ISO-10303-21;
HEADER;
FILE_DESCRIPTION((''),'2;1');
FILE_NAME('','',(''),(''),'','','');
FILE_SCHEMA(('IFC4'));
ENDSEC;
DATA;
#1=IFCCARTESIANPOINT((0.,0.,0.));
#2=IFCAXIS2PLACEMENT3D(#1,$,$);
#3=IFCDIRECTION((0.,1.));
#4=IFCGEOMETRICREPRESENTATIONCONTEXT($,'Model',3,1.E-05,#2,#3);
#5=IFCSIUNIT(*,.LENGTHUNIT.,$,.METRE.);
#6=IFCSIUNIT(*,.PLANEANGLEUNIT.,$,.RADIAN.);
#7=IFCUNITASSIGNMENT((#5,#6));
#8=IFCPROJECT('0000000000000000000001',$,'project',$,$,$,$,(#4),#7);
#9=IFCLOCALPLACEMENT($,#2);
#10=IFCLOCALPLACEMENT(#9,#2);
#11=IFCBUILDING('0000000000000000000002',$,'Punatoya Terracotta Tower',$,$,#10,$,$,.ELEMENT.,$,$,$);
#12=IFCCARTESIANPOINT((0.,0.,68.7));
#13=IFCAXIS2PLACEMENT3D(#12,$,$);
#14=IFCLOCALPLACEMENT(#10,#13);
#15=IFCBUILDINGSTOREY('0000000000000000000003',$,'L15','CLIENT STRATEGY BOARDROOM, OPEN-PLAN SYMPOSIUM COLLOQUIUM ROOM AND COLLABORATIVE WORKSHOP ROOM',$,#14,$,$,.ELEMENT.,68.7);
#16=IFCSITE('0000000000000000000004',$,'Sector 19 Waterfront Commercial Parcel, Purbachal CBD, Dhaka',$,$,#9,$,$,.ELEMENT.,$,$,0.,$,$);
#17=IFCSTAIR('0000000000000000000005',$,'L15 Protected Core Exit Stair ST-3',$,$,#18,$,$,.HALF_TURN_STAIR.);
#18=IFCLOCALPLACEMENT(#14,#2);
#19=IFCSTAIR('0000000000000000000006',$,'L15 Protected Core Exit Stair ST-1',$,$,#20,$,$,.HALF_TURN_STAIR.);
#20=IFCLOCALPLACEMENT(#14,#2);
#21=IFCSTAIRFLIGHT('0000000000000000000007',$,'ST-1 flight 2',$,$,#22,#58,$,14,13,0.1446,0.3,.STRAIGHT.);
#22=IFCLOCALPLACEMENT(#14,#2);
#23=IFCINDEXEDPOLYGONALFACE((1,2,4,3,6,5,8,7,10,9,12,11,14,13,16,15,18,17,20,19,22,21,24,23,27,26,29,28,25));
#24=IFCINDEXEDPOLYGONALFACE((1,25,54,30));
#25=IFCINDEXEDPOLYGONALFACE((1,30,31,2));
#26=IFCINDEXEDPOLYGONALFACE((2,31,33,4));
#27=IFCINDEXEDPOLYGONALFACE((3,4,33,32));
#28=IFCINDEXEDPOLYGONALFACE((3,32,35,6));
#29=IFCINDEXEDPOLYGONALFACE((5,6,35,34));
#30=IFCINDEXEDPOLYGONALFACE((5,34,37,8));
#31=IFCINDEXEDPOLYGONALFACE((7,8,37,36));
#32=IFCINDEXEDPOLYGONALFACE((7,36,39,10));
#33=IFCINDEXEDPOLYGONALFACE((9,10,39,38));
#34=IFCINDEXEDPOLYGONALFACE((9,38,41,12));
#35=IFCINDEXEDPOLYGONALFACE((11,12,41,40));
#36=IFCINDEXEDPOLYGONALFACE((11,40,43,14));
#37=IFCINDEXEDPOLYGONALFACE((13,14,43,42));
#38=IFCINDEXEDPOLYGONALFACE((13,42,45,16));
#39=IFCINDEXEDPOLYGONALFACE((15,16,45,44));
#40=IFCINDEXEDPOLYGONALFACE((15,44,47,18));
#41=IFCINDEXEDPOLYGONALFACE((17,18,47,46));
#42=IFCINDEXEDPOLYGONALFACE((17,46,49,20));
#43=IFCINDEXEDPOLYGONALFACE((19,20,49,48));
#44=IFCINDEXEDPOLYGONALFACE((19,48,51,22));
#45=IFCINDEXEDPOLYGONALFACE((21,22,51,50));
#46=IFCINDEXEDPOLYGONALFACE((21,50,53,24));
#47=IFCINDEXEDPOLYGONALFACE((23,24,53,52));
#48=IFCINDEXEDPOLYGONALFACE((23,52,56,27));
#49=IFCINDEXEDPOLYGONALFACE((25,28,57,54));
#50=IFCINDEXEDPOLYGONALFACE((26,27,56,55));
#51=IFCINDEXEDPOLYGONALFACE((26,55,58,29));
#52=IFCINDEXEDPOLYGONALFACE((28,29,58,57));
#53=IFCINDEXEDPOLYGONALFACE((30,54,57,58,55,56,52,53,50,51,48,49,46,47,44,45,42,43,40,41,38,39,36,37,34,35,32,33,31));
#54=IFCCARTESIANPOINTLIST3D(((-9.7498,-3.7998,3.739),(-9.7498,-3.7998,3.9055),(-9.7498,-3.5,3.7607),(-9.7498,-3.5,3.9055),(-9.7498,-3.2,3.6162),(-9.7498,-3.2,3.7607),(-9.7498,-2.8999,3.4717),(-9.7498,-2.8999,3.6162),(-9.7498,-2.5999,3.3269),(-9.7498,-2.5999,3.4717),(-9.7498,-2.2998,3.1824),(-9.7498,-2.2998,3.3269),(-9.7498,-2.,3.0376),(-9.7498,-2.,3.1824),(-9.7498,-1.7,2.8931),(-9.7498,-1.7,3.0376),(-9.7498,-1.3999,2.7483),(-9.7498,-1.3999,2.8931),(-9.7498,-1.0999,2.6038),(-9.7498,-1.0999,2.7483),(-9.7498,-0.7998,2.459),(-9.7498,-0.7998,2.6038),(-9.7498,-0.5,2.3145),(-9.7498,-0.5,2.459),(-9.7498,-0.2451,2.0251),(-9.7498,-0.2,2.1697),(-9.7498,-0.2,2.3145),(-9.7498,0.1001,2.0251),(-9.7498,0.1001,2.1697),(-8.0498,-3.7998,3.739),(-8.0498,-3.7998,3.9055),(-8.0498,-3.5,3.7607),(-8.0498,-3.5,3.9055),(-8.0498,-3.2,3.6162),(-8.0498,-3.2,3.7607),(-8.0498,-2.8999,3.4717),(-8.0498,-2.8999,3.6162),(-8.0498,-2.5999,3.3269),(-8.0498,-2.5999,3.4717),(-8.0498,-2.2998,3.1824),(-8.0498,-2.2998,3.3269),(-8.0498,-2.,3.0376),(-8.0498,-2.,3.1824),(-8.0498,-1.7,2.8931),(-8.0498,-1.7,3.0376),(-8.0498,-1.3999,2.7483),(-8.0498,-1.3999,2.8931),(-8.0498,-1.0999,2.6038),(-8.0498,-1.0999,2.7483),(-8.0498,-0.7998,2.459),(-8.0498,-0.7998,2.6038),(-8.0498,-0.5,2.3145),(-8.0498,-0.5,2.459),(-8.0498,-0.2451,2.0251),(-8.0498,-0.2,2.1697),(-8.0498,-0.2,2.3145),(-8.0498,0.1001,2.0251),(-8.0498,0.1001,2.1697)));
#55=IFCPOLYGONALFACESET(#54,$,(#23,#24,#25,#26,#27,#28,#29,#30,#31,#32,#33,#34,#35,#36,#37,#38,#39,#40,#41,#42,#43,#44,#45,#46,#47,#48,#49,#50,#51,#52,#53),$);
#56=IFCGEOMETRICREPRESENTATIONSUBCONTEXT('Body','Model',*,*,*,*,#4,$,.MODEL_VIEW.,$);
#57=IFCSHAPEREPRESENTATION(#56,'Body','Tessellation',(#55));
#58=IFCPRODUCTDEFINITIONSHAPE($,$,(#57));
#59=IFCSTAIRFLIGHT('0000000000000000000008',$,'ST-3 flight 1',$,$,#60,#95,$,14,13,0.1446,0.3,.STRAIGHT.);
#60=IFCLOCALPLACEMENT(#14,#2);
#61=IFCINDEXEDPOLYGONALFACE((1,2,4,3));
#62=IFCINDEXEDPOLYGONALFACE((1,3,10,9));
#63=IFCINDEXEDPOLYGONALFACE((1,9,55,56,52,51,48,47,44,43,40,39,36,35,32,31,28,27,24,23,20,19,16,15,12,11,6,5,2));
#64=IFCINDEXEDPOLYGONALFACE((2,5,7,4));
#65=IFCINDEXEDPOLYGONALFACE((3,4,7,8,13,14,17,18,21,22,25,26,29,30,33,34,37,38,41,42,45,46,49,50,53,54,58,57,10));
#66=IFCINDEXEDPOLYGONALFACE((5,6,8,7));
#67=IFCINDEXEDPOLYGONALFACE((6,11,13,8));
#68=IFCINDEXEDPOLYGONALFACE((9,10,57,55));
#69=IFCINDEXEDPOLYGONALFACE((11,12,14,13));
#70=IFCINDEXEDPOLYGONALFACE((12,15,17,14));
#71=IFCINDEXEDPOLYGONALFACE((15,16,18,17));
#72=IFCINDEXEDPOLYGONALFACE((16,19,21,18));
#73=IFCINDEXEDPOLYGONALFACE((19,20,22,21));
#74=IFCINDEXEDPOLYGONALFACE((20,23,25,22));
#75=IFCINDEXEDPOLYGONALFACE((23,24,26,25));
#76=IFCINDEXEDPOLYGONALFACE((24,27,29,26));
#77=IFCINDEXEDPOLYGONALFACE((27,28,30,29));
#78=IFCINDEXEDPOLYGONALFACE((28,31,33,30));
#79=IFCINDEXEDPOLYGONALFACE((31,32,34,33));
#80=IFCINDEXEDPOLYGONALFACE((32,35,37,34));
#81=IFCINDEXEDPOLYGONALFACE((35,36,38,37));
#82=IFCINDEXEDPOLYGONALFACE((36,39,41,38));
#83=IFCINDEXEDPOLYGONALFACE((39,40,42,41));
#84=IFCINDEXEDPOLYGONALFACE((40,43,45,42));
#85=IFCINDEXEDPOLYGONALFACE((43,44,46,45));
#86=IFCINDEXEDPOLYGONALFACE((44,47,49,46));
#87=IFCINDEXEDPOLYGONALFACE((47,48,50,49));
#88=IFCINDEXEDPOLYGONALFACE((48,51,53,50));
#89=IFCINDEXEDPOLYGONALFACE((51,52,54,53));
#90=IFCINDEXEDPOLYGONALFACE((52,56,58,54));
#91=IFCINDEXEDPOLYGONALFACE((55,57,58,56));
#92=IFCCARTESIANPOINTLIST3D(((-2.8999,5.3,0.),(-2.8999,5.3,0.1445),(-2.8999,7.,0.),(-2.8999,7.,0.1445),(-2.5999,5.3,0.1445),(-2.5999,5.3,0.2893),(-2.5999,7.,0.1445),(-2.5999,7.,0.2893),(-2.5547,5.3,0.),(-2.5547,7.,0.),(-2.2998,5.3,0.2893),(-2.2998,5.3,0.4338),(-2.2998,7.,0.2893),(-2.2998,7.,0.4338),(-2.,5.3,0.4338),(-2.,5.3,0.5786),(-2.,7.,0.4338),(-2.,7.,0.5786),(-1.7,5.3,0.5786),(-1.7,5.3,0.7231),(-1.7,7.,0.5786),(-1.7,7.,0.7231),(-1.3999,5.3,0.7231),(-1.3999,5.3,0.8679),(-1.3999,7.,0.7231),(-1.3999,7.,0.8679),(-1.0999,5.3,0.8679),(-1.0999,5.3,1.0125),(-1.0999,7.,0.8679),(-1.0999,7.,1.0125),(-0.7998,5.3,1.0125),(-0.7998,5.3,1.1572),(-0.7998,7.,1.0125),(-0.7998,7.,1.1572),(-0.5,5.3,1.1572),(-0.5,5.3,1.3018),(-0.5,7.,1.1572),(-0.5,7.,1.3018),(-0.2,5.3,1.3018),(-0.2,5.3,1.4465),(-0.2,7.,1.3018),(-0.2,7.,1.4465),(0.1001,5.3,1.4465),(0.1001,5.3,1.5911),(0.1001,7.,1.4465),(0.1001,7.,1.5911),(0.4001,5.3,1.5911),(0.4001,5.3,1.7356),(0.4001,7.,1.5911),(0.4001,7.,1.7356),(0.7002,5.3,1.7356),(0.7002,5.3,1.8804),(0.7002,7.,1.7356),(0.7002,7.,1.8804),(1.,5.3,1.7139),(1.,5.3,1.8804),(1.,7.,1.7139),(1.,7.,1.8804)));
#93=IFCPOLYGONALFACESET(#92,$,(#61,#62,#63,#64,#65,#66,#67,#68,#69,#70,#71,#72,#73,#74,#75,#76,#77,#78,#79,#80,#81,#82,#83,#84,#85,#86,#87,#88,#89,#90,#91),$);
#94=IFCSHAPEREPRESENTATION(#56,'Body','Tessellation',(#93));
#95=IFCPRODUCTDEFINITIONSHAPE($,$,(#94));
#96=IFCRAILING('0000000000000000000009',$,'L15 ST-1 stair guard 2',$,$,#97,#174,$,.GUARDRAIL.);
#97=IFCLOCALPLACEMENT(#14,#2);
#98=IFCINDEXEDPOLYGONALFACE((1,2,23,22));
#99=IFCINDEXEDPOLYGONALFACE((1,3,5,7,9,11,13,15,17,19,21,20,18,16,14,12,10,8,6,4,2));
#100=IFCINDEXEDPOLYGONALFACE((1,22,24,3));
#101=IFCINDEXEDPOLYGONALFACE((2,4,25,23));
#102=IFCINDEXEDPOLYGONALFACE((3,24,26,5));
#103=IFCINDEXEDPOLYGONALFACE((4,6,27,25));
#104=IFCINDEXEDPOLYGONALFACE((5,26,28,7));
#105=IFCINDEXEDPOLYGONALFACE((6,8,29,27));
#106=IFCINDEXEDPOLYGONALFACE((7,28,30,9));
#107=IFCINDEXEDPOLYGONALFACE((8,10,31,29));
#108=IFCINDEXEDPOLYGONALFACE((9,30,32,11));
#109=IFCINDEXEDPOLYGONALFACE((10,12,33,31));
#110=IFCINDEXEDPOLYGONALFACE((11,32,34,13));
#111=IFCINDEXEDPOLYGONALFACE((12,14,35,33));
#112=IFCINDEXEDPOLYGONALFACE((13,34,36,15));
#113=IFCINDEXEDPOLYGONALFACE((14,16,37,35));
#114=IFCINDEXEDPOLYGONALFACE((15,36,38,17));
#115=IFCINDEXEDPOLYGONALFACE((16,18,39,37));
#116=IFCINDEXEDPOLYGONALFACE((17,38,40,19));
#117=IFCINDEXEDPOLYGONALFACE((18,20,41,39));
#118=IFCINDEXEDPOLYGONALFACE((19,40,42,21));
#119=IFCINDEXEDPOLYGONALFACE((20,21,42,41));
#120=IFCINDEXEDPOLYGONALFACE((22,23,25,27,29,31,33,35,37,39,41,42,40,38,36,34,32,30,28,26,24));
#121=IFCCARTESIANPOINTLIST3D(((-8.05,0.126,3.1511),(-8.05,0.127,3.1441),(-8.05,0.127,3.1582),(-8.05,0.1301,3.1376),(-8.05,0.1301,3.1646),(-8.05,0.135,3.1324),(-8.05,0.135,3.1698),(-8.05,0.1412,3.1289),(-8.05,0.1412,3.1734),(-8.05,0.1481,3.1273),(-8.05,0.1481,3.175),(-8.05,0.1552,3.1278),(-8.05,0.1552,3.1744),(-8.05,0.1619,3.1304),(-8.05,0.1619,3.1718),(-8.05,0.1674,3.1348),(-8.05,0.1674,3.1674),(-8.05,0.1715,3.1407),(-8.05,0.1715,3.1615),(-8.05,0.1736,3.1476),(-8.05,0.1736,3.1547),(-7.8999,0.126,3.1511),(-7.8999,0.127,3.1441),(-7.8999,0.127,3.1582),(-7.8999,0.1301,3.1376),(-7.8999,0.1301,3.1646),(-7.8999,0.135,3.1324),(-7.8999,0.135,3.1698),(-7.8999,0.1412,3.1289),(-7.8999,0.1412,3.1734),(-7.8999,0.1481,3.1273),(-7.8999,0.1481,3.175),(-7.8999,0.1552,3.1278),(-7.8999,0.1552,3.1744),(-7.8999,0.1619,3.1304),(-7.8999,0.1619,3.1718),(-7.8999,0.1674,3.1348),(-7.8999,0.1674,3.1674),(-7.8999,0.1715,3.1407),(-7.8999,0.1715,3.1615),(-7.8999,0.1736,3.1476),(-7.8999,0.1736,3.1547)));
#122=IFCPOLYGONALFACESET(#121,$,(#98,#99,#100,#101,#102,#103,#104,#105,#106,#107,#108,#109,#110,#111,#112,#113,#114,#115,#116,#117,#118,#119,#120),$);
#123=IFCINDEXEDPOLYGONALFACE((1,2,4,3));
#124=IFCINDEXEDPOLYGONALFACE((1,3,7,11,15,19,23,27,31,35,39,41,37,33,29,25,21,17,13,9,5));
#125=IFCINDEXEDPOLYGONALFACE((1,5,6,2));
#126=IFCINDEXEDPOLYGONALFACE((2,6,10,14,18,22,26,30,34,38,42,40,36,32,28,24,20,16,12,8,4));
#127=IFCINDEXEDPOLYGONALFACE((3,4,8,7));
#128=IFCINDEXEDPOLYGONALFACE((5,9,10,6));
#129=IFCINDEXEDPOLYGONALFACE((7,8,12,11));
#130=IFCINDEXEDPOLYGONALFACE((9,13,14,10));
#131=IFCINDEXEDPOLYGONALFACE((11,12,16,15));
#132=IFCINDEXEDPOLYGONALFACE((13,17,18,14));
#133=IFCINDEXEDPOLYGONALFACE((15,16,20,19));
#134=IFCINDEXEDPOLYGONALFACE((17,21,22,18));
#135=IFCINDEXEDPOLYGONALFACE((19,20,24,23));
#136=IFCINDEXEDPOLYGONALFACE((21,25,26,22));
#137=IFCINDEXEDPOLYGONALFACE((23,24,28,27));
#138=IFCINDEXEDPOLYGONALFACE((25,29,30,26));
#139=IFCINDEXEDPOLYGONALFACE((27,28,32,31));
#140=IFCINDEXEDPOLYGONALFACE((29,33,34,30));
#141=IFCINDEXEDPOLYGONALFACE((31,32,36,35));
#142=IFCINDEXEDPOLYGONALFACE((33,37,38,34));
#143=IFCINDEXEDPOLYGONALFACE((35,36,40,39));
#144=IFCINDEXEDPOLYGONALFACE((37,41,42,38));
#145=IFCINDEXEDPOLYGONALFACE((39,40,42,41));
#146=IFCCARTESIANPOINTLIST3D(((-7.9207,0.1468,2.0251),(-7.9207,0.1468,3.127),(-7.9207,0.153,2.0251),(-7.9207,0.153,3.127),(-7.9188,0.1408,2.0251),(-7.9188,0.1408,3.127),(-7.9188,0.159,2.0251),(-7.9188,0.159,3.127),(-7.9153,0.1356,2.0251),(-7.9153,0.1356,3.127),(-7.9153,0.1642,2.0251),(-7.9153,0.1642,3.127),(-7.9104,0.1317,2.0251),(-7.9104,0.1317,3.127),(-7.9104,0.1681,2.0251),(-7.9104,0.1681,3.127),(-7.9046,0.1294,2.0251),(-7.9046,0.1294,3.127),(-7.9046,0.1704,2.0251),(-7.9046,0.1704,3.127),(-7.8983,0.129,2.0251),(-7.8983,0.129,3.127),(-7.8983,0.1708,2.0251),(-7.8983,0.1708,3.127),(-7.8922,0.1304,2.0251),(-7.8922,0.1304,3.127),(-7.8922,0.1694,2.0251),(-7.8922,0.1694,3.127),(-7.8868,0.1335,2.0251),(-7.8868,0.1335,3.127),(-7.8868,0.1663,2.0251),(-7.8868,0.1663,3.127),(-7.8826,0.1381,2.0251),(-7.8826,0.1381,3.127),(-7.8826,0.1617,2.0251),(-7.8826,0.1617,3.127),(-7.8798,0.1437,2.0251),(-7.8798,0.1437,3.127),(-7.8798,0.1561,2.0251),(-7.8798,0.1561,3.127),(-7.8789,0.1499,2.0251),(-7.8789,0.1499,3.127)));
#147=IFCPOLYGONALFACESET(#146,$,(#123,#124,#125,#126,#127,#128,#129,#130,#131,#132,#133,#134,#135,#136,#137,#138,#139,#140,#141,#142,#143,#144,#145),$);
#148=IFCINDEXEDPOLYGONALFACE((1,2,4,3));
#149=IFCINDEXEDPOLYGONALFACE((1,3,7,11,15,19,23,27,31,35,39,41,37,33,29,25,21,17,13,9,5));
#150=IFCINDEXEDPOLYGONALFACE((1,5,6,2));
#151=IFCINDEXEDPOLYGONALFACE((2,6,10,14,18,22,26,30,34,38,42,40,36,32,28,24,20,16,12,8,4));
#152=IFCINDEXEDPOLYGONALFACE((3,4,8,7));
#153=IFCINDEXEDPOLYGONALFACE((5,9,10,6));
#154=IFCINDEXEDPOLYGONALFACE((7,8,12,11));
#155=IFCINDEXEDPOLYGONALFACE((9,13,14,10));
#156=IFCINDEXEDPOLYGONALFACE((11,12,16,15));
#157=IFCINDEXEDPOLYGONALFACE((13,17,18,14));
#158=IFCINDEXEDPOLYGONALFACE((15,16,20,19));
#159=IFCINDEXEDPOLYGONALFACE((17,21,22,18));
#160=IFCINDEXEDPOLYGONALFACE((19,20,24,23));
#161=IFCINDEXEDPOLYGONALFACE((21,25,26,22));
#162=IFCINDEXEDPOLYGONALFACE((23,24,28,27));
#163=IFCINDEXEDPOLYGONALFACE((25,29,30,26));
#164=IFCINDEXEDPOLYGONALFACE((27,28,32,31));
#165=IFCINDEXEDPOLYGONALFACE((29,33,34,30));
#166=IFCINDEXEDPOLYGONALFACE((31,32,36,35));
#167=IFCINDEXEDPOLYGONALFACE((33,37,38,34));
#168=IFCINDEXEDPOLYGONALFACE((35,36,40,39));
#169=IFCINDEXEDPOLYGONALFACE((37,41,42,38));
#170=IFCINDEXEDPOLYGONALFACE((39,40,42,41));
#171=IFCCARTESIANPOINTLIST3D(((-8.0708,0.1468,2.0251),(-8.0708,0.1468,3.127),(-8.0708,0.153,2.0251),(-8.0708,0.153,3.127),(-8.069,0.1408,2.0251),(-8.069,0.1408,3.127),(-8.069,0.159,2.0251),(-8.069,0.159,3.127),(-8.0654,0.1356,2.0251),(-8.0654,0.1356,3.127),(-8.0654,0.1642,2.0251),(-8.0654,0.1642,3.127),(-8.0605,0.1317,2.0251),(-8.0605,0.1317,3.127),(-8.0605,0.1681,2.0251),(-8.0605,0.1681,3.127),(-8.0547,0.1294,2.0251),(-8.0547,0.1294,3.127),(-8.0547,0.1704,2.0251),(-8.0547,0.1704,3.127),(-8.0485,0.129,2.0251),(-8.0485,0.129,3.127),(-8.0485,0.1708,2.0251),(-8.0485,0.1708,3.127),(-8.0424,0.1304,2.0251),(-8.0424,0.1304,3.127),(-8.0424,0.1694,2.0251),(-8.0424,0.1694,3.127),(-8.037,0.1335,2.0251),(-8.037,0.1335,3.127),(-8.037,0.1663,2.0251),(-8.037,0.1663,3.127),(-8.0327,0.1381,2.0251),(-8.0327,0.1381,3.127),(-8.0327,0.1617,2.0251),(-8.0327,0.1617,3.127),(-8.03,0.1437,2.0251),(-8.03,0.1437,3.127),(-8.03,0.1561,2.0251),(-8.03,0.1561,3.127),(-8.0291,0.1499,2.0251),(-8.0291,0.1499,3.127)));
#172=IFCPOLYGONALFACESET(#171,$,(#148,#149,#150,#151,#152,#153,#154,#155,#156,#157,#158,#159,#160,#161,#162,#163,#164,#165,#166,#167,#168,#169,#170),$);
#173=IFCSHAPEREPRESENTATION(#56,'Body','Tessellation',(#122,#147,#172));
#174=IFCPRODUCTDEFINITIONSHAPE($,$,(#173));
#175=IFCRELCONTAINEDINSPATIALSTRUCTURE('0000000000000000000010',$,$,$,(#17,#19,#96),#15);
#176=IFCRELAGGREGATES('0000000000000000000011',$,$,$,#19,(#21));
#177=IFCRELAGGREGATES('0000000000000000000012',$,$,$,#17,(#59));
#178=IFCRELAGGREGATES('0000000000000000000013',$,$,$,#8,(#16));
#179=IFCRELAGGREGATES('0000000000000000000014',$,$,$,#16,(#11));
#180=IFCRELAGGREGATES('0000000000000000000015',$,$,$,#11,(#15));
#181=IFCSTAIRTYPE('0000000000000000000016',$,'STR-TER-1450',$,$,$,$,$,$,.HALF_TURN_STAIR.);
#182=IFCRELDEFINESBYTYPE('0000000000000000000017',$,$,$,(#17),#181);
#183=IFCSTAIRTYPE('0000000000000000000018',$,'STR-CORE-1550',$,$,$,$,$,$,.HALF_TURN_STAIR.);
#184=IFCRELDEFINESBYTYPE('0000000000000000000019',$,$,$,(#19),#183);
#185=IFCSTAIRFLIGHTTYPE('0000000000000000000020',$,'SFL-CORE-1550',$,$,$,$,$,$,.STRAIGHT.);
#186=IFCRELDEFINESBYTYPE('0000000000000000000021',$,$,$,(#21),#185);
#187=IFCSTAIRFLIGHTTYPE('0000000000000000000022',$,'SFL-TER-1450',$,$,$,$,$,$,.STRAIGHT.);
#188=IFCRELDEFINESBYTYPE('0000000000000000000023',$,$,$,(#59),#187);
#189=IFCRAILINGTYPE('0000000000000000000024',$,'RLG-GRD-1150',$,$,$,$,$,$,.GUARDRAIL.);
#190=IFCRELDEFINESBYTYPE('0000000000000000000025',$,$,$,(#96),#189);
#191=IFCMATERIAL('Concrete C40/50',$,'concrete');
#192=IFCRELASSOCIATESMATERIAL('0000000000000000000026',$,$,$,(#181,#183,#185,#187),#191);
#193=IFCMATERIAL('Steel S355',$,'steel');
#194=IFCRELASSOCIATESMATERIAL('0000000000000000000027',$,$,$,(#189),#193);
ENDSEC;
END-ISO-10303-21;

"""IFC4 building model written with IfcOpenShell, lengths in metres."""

from ifc_helpers import new_model, si_unit, direction, frame, origin, origin_2d, place, context, subcontext, project, spatial, polyline, circle, outline, extrude, material, type_object, element, aggregate, save


model = new_model("IFC4")

# Units and contexts
model_context = context("Model", 3, precision=1e-05, world=origin(), true_north=direction((0.0, 1.0)))
body_context = subcontext(model_context, "Body", "Model", "MODEL_VIEW")
ifc_project = project(units=[si_unit("LENGTHUNIT", "METRE"), si_unit("PLANEANGLEUNIT", "RADIAN")], contexts=[model_context])

# Site, building, storey
site_placement = place(None, origin())
site = spatial("IfcSite", under=ifc_project, at=site_placement, Name="Sector 19 Waterfront Commercial Parcel, Purbachal CBD, Dhaka", CompositionType="ELEMENT", RefElevation=0.0)
building_placement = place(site_placement, origin())
building = spatial("IfcBuilding", under=site, at=building_placement, Name="Punatoya Terracotta Tower", CompositionType="ELEMENT")
storey_placement = place(building_placement, frame((0.0, 0.0, 68.7)))
storey = spatial("IfcBuildingStorey", under=building, at=storey_placement, Name="L15", Description="CLIENT STRATEGY BOARDROOM, OPEN-PLAN SYMPOSIUM COLLOQUIUM ROOM AND COLLABORATIVE WORKSHOP ROOM", CompositionType="ELEMENT", Elevation=68.7)

# Shared definitions
ifc_material_1 = material(Name="Steel S355", Category="steel")

# Stairs
ifc_material_2 = material(Name="Concrete C40/50", Category="concrete")
stair_type_1 = type_object("IfcStairType", Name="STR-TER-1450", PredefinedType="HALF_TURN_STAIR", material=ifc_material_2)
stair_1_placement = place(storey_placement, origin())
stair_1 = element("IfcStair", 1, at=stair_1_placement, inside=storey, type_object=stair_type_1, Name="L15 Protected Core Exit Stair ST-3", PredefinedType="HALF_TURN_STAIR")
stair_type_2 = type_object("IfcStairType", Name="STR-CORE-1550", PredefinedType="HALF_TURN_STAIR", material=ifc_material_2)
stair_2_placement = place(storey_placement, origin())
stair_2 = element("IfcStair", 2, at=stair_2_placement, inside=storey, type_object=stair_type_2, Name="L15 Protected Core Exit Stair ST-1", PredefinedType="HALF_TURN_STAIR")

# Stair flights
stair_flight_type_1 = type_object("IfcStairFlightType", Name="SFL-CORE-1550", PredefinedType="STRAIGHT", material=ifc_material_2)
stair_flight_1_placement = place(storey_placement, frame((-8.8999, 0.1001, 2.0251), z_axis=(0.0, 0.0, 1.0), x_axis=(0.0, -1.0, 0.0)))
stair_flight_1 = element("IfcStairFlight", 3, at=stair_flight_1_placement, type_object=stair_flight_type_1, Name="ST-1 flight 2", NumberOfRisers=14, NumberOfTreads=13, PredefinedType="STRAIGHT", RiserHeight=0.1446, TreadLength=0.3, context=body_context, shape_type="SweptSolid", body=[
    extrude(outline(polyline([(0.0, 0.0), (0.0, 0.1445), (0.3, 0.1445), (0.3, 0.2893), (0.6001, 0.2893), (0.6001, 0.4338), (0.8999, 0.4338), (0.8999, 0.5786), (1.2, 0.5786), (1.2, 0.7231), (1.5, 0.7231), (1.5, 0.8679), (1.8, 0.8679), (1.8, 1.0125), (2.1001, 1.0125), (2.1001, 1.1572), (2.3999, 1.1572), (2.3999, 1.3018), (2.7, 1.3018), (2.7, 1.4465), (3.0, 1.4465), (3.0, 1.5911), (3.3, 1.5911), (3.3, 1.7356), (3.6001, 1.7356), (3.6001, 1.8804), (3.8999, 1.8804), (3.8999, 2.0249), (3.8999, 1.7139), (0.3452, 0.0), (0.0, 0.0)])), frame((0.0, 0.8501, 0.0), z_axis=(0.0, -1.0, 0.0), x_axis=(1.0, 0.0, 0.0)), (0.0, 0.0, 1.0), 1.7),
])
aggregate(stair_2, [stair_flight_1])
stair_flight_type_2 = type_object("IfcStairFlightType", Name="SFL-TER-1450", PredefinedType="STRAIGHT", material=ifc_material_2)
stair_flight_2_placement = place(storey_placement, frame((-2.8999, 6.1499, 0.0), z_axis=(0.0, 0.0, 1.0), x_axis=(1.0, 0.0, 0.0)))
stair_flight_2 = element("IfcStairFlight", 4, at=stair_flight_2_placement, type_object=stair_flight_type_2, Name="ST-3 flight 1", NumberOfRisers=14, NumberOfTreads=13, PredefinedType="STRAIGHT", RiserHeight=0.1446, TreadLength=0.3, context=body_context, shape_type="SweptSolid", body=[
    extrude(outline(polyline([(0.0, 0.0), (0.0, 0.1445), (0.3, 0.1445), (0.3, 0.2893), (0.6001, 0.2893), (0.6001, 0.4338), (0.8999, 0.4338), (0.8999, 0.5786), (1.2, 0.5786), (1.2, 0.7231), (1.5, 0.7231), (1.5, 0.8679), (1.8, 0.8679), (1.8, 1.0125), (2.1001, 1.0125), (2.1001, 1.1572), (2.3999, 1.1572), (2.3999, 1.3018), (2.7, 1.3018), (2.7, 1.4465), (3.0, 1.4465), (3.0, 1.5911), (3.3, 1.5911), (3.3, 1.7356), (3.6001, 1.7356), (3.6001, 1.8804), (3.8999, 1.8804), (3.8999, 2.0249), (3.8999, 1.7139), (0.3452, 0.0), (0.0, 0.0)])), frame((0.0, 0.8501, 0.0), z_axis=(0.0, -1.0, 0.0), x_axis=(1.0, 0.0, 0.0)), (0.0, 0.0, 1.0), 1.7),
])
aggregate(stair_1, [stair_flight_2])

# Railing
railing_type_1 = type_object("IfcRailingType", Name="RLG-GRD-1150", PredefinedType="GUARDRAIL", material=ifc_material_1)
railing_1_placement = place(storey_placement, frame((-7.8999, 0.1499, 2.0251)))
element("IfcRailing", 5, at=railing_1_placement, inside=storey, type_object=railing_type_1, Name="L15 ST-1 stair guard 2", PredefinedType="GUARDRAIL", context=body_context, shape_type="SweptSolid", body=[
    extrude(circle(Radius=0.0239, at=origin_2d()), frame((0.0, 0.0, 1.126), z_axis=(-1.0, 0.0, 0.0), x_axis=(0.0, -1.0, 0.0)), (0.0, 0.0, 1.0), 0.1501),
    extrude(circle(Radius=0.021, at=origin_2d()), origin(), (0.0, 0.0, 1.0), 1.1018),
    extrude(circle(Radius=0.021, at=origin_2d()), frame((-0.1501, 0.0, 0.0)), (0.0, 0.0, 1.0), 1.1018),
])

save(model, "model.ifc")
